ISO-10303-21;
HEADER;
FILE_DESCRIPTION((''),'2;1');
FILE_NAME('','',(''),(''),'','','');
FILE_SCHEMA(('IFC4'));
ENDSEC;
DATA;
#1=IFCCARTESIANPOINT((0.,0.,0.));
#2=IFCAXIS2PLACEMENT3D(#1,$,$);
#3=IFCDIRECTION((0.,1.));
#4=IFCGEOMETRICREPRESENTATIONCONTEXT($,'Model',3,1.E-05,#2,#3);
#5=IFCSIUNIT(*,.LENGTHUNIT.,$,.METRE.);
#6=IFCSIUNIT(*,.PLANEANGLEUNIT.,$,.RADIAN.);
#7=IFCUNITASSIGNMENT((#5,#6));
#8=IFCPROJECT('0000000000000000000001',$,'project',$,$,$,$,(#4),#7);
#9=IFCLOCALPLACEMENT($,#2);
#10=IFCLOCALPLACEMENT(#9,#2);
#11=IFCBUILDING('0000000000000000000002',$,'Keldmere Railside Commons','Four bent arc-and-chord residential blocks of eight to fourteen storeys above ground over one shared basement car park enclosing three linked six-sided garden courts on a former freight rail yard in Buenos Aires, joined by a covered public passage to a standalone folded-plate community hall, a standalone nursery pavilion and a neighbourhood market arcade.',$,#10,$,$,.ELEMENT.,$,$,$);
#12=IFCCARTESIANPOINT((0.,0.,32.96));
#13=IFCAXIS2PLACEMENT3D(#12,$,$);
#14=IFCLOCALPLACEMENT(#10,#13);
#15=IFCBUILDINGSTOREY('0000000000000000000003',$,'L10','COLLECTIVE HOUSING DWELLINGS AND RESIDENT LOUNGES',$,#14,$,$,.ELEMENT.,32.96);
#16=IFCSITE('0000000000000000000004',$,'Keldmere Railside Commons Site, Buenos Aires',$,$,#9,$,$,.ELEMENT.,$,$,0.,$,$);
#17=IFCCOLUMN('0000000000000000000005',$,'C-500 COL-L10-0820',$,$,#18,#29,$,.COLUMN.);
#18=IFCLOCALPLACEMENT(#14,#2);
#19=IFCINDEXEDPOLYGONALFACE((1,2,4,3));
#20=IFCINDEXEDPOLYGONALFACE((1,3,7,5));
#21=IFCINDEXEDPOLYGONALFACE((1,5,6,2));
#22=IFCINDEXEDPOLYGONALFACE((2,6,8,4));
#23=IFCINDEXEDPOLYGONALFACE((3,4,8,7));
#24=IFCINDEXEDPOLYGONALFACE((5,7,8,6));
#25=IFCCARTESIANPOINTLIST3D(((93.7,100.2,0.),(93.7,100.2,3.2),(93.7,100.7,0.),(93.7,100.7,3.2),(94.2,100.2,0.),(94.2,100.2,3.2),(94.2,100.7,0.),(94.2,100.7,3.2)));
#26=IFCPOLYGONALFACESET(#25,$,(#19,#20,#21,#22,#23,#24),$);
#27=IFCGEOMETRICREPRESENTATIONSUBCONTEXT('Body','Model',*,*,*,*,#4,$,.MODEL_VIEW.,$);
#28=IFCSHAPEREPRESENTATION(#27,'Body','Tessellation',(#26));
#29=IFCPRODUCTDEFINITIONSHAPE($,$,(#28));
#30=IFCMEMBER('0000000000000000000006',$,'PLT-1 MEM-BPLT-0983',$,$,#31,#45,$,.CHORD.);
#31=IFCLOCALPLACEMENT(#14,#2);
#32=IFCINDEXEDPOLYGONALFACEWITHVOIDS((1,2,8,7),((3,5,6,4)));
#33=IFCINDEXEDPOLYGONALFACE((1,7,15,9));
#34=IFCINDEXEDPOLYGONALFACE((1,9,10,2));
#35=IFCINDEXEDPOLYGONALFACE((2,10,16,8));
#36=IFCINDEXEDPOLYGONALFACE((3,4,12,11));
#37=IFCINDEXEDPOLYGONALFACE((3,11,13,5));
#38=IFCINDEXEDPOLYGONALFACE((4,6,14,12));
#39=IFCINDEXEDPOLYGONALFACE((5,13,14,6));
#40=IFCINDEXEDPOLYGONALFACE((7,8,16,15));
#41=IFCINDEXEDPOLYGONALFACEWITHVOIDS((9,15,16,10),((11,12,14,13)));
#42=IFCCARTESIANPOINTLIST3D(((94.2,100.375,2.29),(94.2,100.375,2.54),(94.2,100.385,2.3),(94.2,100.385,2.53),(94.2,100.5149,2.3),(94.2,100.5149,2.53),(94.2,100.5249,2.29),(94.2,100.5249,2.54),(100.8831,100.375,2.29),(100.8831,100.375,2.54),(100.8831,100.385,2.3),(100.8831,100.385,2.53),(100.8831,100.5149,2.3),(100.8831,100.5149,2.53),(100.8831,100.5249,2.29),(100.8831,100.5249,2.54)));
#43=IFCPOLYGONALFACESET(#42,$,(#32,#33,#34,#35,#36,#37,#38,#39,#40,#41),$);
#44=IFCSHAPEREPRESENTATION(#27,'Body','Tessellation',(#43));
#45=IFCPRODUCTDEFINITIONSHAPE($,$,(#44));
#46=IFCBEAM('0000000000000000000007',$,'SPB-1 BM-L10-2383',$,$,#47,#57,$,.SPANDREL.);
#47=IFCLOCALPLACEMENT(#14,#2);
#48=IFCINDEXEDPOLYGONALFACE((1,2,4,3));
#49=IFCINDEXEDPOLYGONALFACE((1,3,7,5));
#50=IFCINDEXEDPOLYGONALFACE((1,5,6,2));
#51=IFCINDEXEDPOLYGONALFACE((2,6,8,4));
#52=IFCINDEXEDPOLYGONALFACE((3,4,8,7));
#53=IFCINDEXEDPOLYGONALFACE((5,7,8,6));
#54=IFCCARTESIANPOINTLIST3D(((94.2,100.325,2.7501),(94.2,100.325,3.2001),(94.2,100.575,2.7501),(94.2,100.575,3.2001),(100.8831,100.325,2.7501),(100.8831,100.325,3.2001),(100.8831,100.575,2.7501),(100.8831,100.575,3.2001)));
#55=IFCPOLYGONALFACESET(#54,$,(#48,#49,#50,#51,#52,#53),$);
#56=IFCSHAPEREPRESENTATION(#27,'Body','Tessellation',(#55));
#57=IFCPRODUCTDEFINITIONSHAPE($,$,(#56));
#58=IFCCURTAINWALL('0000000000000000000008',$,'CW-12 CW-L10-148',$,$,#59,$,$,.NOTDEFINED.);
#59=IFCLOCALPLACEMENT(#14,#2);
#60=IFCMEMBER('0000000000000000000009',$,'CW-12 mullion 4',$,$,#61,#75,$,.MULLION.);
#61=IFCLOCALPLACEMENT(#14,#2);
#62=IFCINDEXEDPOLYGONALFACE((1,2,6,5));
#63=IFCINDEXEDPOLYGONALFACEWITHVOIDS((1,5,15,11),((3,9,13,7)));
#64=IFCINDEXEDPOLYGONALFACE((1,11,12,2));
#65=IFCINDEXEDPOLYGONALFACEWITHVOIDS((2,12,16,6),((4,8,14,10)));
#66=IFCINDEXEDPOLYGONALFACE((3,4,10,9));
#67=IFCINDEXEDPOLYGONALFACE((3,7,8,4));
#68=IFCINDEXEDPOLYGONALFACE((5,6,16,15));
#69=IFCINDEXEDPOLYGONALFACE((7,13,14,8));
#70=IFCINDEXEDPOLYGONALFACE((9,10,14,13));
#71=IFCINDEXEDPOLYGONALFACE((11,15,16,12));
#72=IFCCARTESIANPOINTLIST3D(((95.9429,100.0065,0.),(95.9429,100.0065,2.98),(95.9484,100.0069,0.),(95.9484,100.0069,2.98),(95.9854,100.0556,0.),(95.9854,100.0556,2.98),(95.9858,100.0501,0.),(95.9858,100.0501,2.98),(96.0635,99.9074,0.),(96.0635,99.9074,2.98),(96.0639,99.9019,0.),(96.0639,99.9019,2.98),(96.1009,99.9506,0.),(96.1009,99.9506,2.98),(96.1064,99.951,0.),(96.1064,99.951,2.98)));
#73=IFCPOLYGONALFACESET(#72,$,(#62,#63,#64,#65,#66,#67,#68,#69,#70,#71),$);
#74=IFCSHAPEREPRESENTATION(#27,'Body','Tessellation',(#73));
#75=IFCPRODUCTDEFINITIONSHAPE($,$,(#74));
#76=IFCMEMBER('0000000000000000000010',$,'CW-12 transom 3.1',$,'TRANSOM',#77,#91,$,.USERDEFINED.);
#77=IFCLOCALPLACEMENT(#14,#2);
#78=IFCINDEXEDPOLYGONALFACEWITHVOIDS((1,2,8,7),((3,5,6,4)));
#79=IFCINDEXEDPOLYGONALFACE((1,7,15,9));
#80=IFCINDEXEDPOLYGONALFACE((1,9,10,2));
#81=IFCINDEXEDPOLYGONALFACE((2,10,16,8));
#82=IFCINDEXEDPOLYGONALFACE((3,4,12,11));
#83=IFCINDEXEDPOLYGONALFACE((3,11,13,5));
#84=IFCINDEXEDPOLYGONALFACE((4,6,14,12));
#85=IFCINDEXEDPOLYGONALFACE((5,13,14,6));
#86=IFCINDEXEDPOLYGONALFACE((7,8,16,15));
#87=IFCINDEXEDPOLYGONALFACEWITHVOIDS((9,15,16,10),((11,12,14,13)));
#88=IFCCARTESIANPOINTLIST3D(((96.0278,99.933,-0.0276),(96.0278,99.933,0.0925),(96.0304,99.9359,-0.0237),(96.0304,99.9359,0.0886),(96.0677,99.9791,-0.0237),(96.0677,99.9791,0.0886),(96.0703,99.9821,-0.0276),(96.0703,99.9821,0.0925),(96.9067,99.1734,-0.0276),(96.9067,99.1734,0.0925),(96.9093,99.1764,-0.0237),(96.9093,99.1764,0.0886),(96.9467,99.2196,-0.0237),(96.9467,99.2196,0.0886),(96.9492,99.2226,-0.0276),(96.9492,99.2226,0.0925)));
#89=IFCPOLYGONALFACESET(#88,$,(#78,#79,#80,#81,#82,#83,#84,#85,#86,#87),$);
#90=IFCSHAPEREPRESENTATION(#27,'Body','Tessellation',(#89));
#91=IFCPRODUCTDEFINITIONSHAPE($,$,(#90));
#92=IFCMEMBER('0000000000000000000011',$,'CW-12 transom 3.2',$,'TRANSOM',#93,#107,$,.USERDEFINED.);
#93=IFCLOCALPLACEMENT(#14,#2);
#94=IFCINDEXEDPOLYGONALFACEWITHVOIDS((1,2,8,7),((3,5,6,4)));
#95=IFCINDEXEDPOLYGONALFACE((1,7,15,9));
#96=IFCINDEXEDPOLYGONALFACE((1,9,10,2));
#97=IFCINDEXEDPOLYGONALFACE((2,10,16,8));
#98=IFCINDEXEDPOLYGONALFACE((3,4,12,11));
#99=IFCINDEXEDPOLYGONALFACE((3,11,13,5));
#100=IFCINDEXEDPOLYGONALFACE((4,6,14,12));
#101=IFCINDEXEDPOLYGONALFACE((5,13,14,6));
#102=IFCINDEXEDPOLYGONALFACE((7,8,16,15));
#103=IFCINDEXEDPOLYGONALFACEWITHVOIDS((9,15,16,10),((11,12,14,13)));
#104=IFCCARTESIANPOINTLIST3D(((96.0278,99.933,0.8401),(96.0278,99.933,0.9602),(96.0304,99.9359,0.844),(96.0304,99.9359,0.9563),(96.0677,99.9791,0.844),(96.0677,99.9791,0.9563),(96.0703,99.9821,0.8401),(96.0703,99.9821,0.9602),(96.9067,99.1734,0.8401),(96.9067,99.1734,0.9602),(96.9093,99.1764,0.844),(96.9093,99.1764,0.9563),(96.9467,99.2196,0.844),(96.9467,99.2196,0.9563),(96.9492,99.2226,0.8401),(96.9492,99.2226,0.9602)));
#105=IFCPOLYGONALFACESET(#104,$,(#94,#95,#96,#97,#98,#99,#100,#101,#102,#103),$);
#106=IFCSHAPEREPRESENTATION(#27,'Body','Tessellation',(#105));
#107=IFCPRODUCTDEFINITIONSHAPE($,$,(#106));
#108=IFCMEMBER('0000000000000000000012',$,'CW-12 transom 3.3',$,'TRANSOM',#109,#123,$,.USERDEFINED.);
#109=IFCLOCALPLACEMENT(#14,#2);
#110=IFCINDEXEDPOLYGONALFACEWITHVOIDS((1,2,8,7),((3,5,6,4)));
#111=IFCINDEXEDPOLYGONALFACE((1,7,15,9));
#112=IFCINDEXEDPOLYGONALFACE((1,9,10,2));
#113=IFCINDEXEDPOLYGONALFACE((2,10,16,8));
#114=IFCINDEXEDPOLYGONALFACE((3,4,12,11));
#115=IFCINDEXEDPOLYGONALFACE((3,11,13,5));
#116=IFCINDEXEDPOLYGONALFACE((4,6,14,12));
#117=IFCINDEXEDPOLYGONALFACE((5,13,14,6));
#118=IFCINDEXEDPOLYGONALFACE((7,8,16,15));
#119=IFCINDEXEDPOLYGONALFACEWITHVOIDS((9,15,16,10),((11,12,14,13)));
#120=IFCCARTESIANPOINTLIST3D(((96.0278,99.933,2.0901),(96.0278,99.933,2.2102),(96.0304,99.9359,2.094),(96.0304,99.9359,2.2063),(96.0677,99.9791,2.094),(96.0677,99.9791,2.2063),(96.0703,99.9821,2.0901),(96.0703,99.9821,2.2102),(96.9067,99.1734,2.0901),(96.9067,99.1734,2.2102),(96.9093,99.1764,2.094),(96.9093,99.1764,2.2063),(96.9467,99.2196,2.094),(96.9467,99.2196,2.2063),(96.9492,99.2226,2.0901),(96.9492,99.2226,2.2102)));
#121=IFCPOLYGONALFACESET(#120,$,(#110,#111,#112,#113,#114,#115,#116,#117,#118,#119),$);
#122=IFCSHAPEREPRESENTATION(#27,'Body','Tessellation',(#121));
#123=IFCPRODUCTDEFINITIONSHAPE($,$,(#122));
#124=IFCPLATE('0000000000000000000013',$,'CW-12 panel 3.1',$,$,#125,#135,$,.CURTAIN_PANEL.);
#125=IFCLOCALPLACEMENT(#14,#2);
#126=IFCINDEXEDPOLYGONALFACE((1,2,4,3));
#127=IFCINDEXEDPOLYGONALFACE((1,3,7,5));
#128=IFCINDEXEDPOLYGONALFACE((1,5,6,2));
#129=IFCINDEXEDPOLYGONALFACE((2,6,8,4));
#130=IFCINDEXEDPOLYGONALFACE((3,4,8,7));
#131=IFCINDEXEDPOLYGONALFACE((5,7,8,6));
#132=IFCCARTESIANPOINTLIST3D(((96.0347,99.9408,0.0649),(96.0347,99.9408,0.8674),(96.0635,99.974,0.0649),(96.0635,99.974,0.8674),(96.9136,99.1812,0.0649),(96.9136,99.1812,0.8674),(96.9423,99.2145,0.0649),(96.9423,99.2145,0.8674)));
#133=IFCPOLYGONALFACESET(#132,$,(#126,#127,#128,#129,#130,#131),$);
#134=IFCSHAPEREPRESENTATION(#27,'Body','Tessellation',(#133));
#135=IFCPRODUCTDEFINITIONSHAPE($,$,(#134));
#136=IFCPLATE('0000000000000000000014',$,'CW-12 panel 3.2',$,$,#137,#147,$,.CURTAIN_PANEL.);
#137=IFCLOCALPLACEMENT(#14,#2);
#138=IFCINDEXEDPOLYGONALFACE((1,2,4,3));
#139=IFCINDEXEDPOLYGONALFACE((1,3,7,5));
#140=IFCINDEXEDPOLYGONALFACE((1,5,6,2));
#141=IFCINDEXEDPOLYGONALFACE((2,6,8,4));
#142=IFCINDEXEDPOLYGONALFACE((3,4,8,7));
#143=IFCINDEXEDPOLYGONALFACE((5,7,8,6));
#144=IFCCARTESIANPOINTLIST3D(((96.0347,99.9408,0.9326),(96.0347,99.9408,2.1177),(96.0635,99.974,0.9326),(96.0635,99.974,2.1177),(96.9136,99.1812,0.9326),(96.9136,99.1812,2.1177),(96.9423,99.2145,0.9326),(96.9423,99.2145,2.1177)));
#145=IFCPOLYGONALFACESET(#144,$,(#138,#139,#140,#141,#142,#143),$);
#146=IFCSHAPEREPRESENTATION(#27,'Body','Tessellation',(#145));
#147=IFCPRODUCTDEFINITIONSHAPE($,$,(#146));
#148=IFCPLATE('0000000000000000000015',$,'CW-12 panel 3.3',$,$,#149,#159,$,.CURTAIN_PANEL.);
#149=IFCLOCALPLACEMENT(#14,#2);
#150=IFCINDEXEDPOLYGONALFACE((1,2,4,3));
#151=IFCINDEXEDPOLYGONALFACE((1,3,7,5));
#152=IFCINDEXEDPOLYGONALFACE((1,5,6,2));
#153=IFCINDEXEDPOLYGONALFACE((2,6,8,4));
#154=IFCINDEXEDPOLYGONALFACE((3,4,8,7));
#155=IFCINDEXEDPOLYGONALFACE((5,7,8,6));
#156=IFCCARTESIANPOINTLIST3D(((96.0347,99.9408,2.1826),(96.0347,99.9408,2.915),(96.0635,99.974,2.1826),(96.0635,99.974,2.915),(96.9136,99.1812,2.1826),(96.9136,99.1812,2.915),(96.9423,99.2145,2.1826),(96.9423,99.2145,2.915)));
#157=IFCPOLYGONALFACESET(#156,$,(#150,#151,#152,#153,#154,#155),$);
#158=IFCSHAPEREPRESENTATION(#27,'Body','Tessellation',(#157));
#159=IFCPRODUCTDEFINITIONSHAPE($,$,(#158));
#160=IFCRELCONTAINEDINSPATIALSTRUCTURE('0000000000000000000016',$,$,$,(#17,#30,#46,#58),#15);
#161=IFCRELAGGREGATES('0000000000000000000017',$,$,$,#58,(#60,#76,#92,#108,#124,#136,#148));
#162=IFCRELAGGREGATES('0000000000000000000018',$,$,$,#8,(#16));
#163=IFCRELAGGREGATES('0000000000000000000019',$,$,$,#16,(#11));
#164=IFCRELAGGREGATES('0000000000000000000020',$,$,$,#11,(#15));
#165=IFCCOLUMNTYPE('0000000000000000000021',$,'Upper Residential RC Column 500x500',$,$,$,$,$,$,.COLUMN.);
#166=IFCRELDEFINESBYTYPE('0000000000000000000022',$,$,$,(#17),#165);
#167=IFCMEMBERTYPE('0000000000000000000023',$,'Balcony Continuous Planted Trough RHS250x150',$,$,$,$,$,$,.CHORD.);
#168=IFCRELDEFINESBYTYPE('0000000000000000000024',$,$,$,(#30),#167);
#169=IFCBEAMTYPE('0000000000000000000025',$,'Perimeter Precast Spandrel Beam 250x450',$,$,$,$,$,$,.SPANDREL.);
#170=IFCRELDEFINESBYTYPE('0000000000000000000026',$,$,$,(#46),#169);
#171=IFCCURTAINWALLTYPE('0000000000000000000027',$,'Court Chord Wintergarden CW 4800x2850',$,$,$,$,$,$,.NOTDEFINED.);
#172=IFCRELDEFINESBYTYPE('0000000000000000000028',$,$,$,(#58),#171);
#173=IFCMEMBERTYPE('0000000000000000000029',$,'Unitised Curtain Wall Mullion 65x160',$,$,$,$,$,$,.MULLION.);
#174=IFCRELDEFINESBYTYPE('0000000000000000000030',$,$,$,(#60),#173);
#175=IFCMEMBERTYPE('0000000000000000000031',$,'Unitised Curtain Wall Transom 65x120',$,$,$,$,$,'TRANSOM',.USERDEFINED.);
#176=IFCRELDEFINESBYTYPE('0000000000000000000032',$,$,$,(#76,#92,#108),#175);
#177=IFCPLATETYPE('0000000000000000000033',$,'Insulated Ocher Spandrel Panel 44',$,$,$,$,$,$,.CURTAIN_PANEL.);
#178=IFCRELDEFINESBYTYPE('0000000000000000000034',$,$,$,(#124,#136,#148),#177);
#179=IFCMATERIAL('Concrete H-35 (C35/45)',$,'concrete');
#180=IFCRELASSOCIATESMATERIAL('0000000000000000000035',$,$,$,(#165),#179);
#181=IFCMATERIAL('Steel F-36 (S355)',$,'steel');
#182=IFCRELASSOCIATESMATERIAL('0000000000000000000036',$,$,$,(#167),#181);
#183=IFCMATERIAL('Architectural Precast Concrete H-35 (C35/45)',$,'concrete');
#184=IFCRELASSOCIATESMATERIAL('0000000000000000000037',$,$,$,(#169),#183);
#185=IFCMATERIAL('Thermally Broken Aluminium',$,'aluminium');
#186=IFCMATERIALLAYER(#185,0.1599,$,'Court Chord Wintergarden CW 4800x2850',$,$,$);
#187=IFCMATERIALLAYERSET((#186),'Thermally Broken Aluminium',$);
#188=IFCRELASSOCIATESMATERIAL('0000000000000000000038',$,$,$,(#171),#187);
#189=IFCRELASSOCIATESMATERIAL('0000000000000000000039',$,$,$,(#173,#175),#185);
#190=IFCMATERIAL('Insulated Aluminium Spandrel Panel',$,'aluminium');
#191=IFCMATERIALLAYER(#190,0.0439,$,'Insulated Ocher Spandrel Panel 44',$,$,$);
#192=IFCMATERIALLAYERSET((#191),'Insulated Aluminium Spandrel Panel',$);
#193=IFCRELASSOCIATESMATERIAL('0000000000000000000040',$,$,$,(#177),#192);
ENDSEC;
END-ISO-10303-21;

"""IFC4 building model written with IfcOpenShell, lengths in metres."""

from ifc_helpers import new_model, si_unit, direction, frame, origin, origin_2d, place, context, subcontext, project, spatial, rectangle, hollow_rectangle, extrude, material, layer, layer_set, material_profile, profile_set, type_object, element, aggregate, save


model = new_model("IFC4")

# Units and contexts
model_context = context("Model", 3, precision=1e-05, world=origin(), true_north=direction((0.0, 1.0)))
body_context = subcontext(model_context, "Body", "Model", "MODEL_VIEW")
ifc_project = project(units=[si_unit("LENGTHUNIT", "METRE"), si_unit("PLANEANGLEUNIT", "RADIAN")], contexts=[model_context])

# Site, building, storey
site_placement = place(None, origin())
site = spatial("IfcSite", under=ifc_project, at=site_placement, Name="Keldmere Railside Commons Site, Buenos Aires", CompositionType="ELEMENT", RefElevation=0.0)
building_placement = place(site_placement, origin())
building = spatial("IfcBuilding", under=site, at=building_placement, Name="Keldmere Railside Commons", Description="Four bent arc-and-chord residential blocks of eight to fourteen storeys above ground over one shared basement car park enclosing three linked six-sided garden courts on a former freight rail yard in Buenos Aires, joined by a covered public passage to a standalone folded-plate community hall, a standalone nursery pavilion and a neighbourhood market arcade.", CompositionType="ELEMENT")
storey_placement = place(building_placement, frame((0.0, 0.0, 32.96)))
storey = spatial("IfcBuildingStorey", under=building, at=storey_placement, Name="L10", Description="COLLECTIVE HOUSING DWELLINGS AND RESIDENT LOUNGES", CompositionType="ELEMENT", Elevation=32.96)

# Column
ifc_material_1 = material(Name="Concrete H-35 (C35/45)", Category="concrete")
ifc_material_profile_1 = material_profile(ifc_material_1, rectangle(XDim=0.5, YDim=0.5, at=origin_2d()), Name="RC-500x500")
ifc_profile_set_1 = profile_set([ifc_material_profile_1], Name="Concrete H-35 (C35/45)")
column_type = type_object("IfcColumnType", Name="Upper Residential RC Column 500x500", PredefinedType="COLUMN", material=ifc_profile_set_1)
column_placement = place(storey_placement, frame((93.95, 100.45, 0.0), z_axis=(0.0, 0.0, 1.0), x_axis=(1.0, 0.0, 0.0)))
element("IfcColumn", 1, at=column_placement, inside=storey, type_object=column_type, Name="C-500 COL-L10-0820", PredefinedType="COLUMN", context=body_context, shape_type="SweptSolid", body=[
    extrude(rectangle(XDim=0.5, YDim=0.5, at=origin_2d()), origin(), (0.0, 0.0, 1.0), 3.2),
])

# Member
ifc_material_2 = material(Name="Steel F-36 (S355)", Category="steel")
ifc_material_profile_2 = material_profile(ifc_material_2, hollow_rectangle(XDim=0.1499, YDim=0.25, WallThickness=0.01, at=origin_2d()), Name="RHS-250x150x10")
ifc_profile_set_2 = profile_set([ifc_material_profile_2], Name="Steel F-36 (S355)")
member_type_1 = type_object("IfcMemberType", Name="Balcony Continuous Planted Trough RHS250x150", PredefinedType="CHORD", material=ifc_profile_set_2)
member_1_placement = place(storey_placement, frame((94.2, 100.45, 2.415), z_axis=(1.0, 0.0, 0.0), x_axis=(0.0, 1.0, 0.0)))
element("IfcMember", 2, at=member_1_placement, inside=storey, type_object=member_type_1, Name="PLT-1 MEM-BPLT-0983", PredefinedType="CHORD", context=body_context, shape_type="SweptSolid", body=[
    extrude(hollow_rectangle(XDim=0.1499, YDim=0.25, WallThickness=0.01, at=origin_2d()), origin(), (0.0, 0.0, 1.0), 6.6831),
])

# Beam
ifc_material_3 = material(Name="Architectural Precast Concrete H-35 (C35/45)", Category="concrete")
ifc_material_profile_3 = material_profile(ifc_material_3, rectangle(XDim=0.25, YDim=0.45, at=origin_2d()), Name="RC-250x450")
ifc_profile_set_3 = profile_set([ifc_material_profile_3], Name="Architectural Precast Concrete H-35 (C35/45)")
beam_type = type_object("IfcBeamType", Name="Perimeter Precast Spandrel Beam 250x450", PredefinedType="SPANDREL", material=ifc_profile_set_3)
beam_placement = place(storey_placement, frame((94.2, 100.45, 2.9751), z_axis=(1.0, 0.0, 0.0), x_axis=(0.0, 1.0, 0.0)))
element("IfcBeam", 3, at=beam_placement, inside=storey, type_object=beam_type, Name="SPB-1 BM-L10-2383", PredefinedType="SPANDREL", context=body_context, shape_type="SweptSolid", body=[
    extrude(rectangle(XDim=0.25, YDim=0.45, at=origin_2d()), origin(), (0.0, 0.0, 1.0), 6.6831),
])

# Curtain wall, members, plates
ifc_material_4 = material(Name="Thermally Broken Aluminium", Category="aluminium")
ifc_layer_1 = layer(ifc_material_4, 0.1599, Name="Court Chord Wintergarden CW 4800x2850")
ifc_layer_set_1 = layer_set([ifc_layer_1], Name="Thermally Broken Aluminium")
curtain_wall_type = type_object("IfcCurtainWallType", Name="Court Chord Wintergarden CW 4800x2850", PredefinedType="NOTDEFINED", material=ifc_layer_set_1)
curtain_wall_placement = place(storey_placement, origin())
curtain_wall = element("IfcCurtainWall", 4, at=curtain_wall_placement, inside=storey, type_object=curtain_wall_type, Name="CW-12 CW-L10-148", PredefinedType="NOTDEFINED")
ifc_material_profile_4 = material_profile(ifc_material_4, hollow_rectangle(XDim=0.0649, YDim=0.1599, WallThickness=0.0039, at=origin_2d()), Name="ALU-MULL-65x160")
ifc_profile_set_4 = profile_set([ifc_material_profile_4], Name="Thermally Broken Aluminium")
member_type_2 = type_object("IfcMemberType", Name="Unitised Curtain Wall Mullion 65x160", PredefinedType="MULLION", material=ifc_profile_set_4)
member_2_placement = place(storey_placement, frame((96.0247, 99.9788, 0.0), z_axis=(0.0, 0.0, 1.0), x_axis=(-0.653882, -0.756597, 0.0)))
member_2 = element("IfcMember", 5, at=member_2_placement, type_object=member_type_2, Name="CW-12 mullion 4", PredefinedType="MULLION", context=body_context, shape_type="SweptSolid", body=[
    extrude(hollow_rectangle(XDim=0.0649, YDim=0.1599, WallThickness=0.0039, at=origin_2d()), origin(), (0.0, 0.0, 1.0), 2.98),
])
ifc_material_profile_5 = material_profile(ifc_material_4, hollow_rectangle(XDim=0.0649, YDim=0.1201, WallThickness=0.0039, at=origin_2d()), Name="ALU-TRAN-65x120")
ifc_profile_set_5 = profile_set([ifc_material_profile_5], Name="Thermally Broken Aluminium")
member_type_3 = type_object("IfcMemberType", Name="Unitised Curtain Wall Transom 65x120", ElementType="TRANSOM", PredefinedType="USERDEFINED", material=ifc_profile_set_5)
member_3_placement = place(storey_placement, frame((96.928, 99.198, 0.0325), z_axis=(-0.756624, 0.65385, 0.0), x_axis=(-0.65385, -0.756624, 0.0)))
member_3 = element("IfcMember", 6, at=member_3_placement, type_object=member_type_3, Name="CW-12 transom 3.1", ObjectType="TRANSOM", PredefinedType="USERDEFINED", context=body_context, shape_type="SweptSolid", body=[
    extrude(hollow_rectangle(XDim=0.0649, YDim=0.1201, WallThickness=0.0039, at=origin_2d()), origin(), (0.0, 0.0, 1.0), 1.1616),
])
member_4_placement = place(storey_placement, frame((96.928, 99.198, 0.9001), z_axis=(-0.756624, 0.65385, 0.0), x_axis=(-0.65385, -0.756624, 0.0)))
member_4 = element("IfcMember", 7, at=member_4_placement, type_object=member_type_3, Name="CW-12 transom 3.2", ObjectType="TRANSOM", PredefinedType="USERDEFINED", context=body_context, shape_type="SweptSolid", body=[
    extrude(hollow_rectangle(XDim=0.0649, YDim=0.1201, WallThickness=0.0039, at=origin_2d()), origin(), (0.0, 0.0, 1.0), 1.1616),
])
member_5_placement = place(storey_placement, frame((96.928, 99.198, 2.1501), z_axis=(-0.756624, 0.65385, 0.0), x_axis=(-0.65385, -0.756624, 0.0)))
member_5 = element("IfcMember", 8, at=member_5_placement, type_object=member_type_3, Name="CW-12 transom 3.3", ObjectType="TRANSOM", PredefinedType="USERDEFINED", context=body_context, shape_type="SweptSolid", body=[
    extrude(hollow_rectangle(XDim=0.0649, YDim=0.1201, WallThickness=0.0039, at=origin_2d()), origin(), (0.0, 0.0, 1.0), 1.1616),
])
ifc_material_5 = material(Name="Insulated Aluminium Spandrel Panel", Category="aluminium")
ifc_layer_2 = layer(ifc_material_5, 0.0439, Name="Insulated Ocher Spandrel Panel 44")
ifc_layer_set_2 = layer_set([ifc_layer_2], Name="Insulated Aluminium Spandrel Panel")
plate_type = type_object("IfcPlateType", Name="Insulated Ocher Spandrel Panel 44", PredefinedType="CURTAIN_PANEL", material=ifc_layer_set_2)
plate_1_placement = place(storey_placement, frame((96.4885, 99.5776, 0.0649), z_axis=(0.0, 0.0, 1.0), x_axis=(-0.756597, 0.653882, 0.0)))
plate_1 = element("IfcPlate", 9, at=plate_1_placement, type_object=plate_type, Name="CW-12 panel 3.1", PredefinedType="CURTAIN_PANEL", context=body_context, shape_type="SweptSolid", body=[
    extrude(rectangle(XDim=1.1616, YDim=0.0439, at=origin_2d()), origin(), (0.0, 0.0, 1.0), 0.8025),
])
plate_2_placement = place(storey_placement, frame((96.4885, 99.5776, 0.9326), z_axis=(0.0, 0.0, 1.0), x_axis=(-0.756597, 0.653882, 0.0)))
plate_2 = element("IfcPlate", 10, at=plate_2_placement, type_object=plate_type, Name="CW-12 panel 3.2", PredefinedType="CURTAIN_PANEL", context=body_context, shape_type="SweptSolid", body=[
    extrude(rectangle(XDim=1.1616, YDim=0.0439, at=origin_2d()), origin(), (0.0, 0.0, 1.0), 1.1851),
])
plate_3_placement = place(storey_placement, frame((96.4885, 99.5776, 2.1826), z_axis=(0.0, 0.0, 1.0), x_axis=(-0.756597, 0.653882, 0.0)))
plate_3 = element("IfcPlate", 11, at=plate_3_placement, type_object=plate_type, Name="CW-12 panel 3.3", PredefinedType="CURTAIN_PANEL", context=body_context, shape_type="SweptSolid", body=[
    extrude(rectangle(XDim=1.1616, YDim=0.0439, at=origin_2d()), origin(), (0.0, 0.0, 1.0), 0.7324),
])
aggregate(curtain_wall, [member_2, member_3, member_4, member_5, plate_1, plate_2, plate_3])

save(model, "model.ifc")
